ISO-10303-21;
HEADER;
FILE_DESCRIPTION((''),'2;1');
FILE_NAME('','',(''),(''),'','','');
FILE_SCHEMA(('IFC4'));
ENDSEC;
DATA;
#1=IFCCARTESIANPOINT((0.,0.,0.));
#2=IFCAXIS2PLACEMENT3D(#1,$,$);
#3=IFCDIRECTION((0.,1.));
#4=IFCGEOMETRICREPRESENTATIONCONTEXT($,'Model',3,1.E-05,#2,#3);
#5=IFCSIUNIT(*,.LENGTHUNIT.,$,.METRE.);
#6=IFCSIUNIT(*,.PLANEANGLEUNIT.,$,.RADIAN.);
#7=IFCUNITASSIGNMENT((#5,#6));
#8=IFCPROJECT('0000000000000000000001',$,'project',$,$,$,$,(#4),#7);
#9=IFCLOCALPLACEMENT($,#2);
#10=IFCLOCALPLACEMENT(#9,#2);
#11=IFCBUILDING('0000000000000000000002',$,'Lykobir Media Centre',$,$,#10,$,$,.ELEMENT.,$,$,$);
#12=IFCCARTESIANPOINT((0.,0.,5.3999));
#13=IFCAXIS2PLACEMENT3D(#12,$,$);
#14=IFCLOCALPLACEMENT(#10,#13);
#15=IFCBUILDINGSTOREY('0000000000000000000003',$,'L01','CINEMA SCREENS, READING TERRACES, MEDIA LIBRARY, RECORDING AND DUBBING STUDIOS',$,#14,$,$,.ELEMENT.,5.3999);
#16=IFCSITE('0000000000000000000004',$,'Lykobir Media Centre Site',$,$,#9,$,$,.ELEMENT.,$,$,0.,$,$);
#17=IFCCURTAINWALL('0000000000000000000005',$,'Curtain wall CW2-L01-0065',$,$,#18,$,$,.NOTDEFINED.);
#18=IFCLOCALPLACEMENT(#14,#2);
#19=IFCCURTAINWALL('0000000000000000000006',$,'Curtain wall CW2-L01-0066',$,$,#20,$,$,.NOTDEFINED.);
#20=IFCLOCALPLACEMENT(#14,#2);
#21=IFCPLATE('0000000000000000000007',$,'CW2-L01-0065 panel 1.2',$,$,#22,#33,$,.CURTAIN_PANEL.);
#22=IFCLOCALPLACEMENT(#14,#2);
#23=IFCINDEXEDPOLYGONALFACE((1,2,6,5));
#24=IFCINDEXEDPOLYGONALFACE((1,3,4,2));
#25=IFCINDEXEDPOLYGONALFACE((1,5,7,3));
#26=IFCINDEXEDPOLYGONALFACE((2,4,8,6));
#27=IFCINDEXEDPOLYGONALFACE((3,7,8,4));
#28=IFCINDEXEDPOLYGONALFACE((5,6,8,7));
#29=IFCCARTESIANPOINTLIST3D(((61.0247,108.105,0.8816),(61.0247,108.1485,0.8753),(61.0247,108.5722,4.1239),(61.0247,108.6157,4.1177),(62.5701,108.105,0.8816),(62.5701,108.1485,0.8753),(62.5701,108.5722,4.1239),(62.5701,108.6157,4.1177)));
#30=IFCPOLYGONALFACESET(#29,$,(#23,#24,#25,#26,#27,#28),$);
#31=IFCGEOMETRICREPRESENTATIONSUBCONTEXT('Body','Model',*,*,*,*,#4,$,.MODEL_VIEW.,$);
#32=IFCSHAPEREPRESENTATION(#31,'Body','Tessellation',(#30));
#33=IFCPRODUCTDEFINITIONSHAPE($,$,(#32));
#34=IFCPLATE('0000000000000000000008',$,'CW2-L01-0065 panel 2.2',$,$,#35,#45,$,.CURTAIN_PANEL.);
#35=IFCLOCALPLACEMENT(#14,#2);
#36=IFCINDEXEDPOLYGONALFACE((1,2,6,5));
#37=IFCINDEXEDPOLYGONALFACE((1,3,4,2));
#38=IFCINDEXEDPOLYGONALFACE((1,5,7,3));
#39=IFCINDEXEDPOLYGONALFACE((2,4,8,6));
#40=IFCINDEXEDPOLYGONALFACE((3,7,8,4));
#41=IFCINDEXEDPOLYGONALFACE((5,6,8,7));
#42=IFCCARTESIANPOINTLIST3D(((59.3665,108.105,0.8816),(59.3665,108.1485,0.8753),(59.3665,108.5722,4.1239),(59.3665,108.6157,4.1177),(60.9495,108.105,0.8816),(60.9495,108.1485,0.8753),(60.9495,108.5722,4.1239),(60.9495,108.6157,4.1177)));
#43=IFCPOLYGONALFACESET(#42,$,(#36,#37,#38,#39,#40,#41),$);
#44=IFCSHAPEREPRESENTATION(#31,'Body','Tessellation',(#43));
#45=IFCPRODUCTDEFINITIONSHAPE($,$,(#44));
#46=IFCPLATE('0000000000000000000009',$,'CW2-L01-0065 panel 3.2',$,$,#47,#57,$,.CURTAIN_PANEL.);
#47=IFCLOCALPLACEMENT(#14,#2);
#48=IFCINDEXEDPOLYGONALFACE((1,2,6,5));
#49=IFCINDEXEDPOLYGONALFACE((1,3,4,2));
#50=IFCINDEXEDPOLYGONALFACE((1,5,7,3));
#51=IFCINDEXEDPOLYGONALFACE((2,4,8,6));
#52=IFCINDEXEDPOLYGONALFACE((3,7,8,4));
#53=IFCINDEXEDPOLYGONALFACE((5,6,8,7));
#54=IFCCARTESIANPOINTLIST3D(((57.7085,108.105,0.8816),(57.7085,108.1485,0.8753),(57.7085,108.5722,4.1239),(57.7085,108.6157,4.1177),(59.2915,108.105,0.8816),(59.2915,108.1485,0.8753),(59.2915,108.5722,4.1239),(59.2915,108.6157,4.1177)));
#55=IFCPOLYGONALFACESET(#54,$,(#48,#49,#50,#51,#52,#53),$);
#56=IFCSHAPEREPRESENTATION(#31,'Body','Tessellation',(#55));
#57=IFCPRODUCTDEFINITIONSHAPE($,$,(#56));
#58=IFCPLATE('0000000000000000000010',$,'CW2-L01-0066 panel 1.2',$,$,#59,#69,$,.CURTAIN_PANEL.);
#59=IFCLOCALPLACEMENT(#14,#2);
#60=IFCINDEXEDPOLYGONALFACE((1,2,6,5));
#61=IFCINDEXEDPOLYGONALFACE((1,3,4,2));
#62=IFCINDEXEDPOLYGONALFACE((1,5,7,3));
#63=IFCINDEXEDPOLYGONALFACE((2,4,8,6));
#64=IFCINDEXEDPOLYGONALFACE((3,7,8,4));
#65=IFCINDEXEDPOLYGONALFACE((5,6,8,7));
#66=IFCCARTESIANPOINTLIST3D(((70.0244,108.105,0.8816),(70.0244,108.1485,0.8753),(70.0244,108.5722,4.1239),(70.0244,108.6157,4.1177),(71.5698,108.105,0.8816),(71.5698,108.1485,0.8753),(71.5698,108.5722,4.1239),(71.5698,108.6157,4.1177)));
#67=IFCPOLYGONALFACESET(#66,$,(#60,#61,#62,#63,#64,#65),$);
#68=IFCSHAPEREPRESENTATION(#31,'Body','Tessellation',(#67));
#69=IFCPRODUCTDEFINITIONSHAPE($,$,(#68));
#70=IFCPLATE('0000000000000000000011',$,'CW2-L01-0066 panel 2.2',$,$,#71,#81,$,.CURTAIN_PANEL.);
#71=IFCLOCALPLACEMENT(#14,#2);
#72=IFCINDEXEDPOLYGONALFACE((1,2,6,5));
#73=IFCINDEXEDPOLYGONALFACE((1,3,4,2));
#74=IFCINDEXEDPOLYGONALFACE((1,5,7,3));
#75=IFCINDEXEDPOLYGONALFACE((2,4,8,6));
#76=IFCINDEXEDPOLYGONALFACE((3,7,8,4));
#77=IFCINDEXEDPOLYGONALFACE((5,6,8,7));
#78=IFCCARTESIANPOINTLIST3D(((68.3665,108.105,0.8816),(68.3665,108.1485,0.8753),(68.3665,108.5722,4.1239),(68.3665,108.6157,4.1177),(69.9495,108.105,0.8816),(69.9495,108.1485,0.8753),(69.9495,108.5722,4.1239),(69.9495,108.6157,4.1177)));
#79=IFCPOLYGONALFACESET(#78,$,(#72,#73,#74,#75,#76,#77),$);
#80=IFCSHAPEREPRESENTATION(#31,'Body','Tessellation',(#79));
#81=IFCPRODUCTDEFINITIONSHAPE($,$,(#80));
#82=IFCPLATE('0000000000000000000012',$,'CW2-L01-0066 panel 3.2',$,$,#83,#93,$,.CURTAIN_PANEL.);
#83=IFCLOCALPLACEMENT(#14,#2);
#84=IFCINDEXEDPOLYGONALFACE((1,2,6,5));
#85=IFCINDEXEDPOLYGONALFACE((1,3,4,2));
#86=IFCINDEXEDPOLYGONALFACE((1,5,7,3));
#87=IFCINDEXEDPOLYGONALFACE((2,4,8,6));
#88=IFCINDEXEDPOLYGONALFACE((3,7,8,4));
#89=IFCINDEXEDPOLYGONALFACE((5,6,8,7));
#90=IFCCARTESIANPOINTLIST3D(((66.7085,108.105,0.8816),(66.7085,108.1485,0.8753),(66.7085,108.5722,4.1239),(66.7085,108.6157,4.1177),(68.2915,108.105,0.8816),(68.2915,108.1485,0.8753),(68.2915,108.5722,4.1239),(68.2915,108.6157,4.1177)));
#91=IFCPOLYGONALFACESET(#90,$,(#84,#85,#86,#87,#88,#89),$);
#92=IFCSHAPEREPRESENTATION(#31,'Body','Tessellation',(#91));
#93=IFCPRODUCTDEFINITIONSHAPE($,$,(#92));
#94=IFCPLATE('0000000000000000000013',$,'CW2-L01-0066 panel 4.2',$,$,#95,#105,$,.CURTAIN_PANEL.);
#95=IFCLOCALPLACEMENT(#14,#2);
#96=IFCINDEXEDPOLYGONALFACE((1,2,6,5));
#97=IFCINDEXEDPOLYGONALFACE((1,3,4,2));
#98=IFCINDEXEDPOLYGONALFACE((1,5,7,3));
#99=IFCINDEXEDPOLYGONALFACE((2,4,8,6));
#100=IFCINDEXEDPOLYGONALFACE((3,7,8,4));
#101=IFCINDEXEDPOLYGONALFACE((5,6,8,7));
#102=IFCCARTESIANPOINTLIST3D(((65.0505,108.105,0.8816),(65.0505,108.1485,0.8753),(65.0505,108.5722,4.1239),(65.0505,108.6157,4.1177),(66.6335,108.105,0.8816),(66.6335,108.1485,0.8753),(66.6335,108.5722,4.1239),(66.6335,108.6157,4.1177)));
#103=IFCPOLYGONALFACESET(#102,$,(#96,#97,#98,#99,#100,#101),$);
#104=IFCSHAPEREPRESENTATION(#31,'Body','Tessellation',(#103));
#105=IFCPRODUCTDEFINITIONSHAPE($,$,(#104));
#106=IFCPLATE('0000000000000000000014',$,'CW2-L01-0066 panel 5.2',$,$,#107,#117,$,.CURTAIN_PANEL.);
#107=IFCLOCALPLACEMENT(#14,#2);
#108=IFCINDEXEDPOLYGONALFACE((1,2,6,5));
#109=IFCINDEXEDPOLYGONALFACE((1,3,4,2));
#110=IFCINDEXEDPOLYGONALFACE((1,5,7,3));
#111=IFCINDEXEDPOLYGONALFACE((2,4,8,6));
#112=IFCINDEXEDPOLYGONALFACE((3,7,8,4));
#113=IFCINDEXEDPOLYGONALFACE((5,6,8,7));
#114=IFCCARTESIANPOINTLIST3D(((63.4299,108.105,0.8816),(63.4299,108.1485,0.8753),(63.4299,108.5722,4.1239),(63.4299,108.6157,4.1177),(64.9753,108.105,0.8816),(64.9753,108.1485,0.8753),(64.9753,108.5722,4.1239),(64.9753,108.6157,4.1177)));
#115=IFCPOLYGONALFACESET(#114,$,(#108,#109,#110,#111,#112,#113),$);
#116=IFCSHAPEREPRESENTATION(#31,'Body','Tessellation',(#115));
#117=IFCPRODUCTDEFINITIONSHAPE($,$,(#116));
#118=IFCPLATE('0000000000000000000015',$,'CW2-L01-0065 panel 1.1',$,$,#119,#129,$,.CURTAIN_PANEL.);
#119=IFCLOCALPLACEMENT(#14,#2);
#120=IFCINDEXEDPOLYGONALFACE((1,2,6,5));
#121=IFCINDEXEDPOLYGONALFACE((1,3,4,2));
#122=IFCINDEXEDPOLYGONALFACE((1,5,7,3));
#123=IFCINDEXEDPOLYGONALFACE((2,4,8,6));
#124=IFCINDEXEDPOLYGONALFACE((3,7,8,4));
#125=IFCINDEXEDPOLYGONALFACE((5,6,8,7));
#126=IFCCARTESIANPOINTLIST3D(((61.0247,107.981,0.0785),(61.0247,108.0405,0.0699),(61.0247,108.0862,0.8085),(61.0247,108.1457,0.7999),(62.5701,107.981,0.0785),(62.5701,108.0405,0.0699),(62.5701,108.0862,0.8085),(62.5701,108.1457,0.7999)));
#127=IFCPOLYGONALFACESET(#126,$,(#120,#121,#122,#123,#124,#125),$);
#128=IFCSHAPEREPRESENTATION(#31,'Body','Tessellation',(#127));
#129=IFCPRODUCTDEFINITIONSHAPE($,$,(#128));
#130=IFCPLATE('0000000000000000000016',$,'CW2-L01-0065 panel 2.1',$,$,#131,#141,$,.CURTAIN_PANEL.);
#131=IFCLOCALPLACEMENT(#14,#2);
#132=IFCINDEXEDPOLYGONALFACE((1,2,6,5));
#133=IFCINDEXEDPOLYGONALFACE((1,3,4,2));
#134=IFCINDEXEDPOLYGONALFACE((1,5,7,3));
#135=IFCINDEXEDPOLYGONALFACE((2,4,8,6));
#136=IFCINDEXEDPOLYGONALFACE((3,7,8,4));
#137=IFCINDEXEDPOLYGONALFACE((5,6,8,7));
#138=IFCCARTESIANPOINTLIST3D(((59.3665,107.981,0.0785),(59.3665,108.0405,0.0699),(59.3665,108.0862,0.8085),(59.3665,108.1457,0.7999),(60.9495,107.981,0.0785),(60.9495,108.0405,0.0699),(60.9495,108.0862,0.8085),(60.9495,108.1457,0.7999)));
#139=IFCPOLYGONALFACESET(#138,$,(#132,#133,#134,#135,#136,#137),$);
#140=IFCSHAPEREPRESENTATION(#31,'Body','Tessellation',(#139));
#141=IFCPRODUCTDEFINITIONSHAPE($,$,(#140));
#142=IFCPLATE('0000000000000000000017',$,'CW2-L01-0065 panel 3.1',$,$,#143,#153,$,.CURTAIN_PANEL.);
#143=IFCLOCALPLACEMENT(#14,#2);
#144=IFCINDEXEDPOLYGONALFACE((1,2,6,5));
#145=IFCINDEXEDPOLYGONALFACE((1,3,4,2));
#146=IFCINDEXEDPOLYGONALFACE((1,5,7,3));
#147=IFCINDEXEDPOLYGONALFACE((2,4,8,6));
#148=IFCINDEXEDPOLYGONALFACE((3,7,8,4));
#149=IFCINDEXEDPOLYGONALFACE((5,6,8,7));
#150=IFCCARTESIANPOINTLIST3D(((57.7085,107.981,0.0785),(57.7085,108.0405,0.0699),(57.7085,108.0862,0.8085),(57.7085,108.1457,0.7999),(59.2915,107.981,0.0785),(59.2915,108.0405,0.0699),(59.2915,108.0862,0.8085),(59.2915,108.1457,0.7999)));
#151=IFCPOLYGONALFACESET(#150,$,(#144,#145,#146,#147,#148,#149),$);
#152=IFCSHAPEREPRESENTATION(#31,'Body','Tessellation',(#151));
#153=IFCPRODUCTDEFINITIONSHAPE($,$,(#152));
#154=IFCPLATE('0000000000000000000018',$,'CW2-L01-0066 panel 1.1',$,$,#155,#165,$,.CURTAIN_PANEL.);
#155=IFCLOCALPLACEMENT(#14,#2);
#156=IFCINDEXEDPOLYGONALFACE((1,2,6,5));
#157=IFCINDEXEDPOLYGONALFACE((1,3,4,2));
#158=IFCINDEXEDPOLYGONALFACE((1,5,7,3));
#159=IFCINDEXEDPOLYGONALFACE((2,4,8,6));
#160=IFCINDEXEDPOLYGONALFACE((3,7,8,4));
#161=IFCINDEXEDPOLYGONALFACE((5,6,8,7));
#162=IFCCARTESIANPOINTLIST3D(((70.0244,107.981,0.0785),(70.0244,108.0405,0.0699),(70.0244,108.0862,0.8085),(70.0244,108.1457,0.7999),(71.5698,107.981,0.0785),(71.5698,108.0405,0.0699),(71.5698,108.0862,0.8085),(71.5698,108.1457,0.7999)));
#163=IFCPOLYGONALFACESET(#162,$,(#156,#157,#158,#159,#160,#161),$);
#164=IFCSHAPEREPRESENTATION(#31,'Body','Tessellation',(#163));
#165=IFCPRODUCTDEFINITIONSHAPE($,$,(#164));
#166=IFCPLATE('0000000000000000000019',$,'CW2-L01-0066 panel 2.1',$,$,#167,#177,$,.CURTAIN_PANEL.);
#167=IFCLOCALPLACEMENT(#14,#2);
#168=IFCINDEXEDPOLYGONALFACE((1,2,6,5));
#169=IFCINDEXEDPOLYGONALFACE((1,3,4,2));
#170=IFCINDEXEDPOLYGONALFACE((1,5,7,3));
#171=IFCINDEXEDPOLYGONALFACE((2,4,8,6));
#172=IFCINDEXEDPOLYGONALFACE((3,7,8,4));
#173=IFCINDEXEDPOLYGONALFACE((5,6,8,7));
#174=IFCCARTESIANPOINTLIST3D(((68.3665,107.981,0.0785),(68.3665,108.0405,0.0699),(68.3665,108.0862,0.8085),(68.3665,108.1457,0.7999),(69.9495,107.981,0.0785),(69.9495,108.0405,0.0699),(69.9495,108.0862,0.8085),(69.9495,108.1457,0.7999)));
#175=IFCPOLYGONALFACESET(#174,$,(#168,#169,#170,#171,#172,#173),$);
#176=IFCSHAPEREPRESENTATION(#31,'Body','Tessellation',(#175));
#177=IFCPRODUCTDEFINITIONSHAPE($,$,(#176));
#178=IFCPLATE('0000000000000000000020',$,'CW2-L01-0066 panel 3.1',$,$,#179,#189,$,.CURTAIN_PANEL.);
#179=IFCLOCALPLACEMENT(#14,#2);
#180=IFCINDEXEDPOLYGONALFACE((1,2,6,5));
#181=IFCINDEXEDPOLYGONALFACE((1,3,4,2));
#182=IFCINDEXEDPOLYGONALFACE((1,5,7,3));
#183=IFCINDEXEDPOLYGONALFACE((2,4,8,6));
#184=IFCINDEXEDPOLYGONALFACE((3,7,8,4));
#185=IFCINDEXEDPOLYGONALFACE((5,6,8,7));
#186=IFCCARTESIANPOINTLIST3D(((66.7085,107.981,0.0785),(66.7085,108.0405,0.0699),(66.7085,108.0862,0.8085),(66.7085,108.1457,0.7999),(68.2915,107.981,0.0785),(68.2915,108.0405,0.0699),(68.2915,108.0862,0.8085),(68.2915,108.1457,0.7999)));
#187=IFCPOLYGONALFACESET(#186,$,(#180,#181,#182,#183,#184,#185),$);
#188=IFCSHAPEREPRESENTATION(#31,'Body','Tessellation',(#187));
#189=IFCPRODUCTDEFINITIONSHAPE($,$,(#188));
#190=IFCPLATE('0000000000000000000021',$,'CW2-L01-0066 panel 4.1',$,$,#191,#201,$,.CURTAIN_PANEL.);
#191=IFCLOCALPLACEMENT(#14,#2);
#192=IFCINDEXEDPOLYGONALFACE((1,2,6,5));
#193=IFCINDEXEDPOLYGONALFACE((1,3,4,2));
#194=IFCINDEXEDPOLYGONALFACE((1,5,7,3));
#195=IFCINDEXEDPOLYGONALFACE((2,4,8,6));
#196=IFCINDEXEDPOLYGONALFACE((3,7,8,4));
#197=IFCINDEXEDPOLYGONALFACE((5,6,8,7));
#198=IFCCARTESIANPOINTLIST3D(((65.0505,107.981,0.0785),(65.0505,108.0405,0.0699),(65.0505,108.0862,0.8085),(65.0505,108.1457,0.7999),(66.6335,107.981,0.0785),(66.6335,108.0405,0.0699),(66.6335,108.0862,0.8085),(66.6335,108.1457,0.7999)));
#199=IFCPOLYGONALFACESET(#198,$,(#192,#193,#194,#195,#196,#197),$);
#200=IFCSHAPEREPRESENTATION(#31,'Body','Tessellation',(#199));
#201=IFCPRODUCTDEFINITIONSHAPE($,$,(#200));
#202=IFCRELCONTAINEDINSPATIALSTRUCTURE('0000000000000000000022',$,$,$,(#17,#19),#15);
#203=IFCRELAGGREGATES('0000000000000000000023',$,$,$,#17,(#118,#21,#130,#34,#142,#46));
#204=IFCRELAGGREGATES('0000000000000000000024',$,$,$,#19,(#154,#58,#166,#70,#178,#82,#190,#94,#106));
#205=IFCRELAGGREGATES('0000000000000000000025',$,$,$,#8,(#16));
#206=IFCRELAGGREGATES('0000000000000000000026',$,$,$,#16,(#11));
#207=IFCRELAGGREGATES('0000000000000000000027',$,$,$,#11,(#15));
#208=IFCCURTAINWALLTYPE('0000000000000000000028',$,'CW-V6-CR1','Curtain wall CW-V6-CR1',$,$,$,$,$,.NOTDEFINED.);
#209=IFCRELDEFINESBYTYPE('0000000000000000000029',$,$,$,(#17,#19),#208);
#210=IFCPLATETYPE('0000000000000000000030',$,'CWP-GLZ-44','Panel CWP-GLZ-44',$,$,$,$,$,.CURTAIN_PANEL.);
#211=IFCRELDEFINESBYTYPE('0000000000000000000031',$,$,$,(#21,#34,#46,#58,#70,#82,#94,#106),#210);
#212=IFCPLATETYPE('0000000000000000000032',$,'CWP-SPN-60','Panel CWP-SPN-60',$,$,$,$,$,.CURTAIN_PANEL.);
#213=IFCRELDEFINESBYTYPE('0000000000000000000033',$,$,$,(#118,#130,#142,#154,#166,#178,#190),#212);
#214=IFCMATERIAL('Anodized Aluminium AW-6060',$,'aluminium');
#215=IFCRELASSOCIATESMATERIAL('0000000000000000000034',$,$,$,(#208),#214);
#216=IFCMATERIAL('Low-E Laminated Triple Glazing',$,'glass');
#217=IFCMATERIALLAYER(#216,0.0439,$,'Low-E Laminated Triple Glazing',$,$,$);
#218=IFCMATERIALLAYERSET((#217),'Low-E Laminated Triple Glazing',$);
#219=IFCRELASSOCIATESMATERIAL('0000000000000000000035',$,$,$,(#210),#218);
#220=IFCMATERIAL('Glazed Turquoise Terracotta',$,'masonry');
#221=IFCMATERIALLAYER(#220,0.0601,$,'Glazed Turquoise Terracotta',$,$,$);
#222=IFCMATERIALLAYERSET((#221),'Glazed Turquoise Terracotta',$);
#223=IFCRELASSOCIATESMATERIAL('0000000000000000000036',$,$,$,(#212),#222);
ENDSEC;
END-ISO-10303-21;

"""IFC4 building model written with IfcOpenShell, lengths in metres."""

from ifc_helpers import new_model, si_unit, direction, frame, origin, origin_2d, place, context, subcontext, project, spatial, rectangle, extrude, material, layer, layer_set, type_object, element, aggregate, save


model = new_model("IFC4")

# Units and contexts
model_context = context("Model", 3, precision=1e-05, world=origin(), true_north=direction((0.0, 1.0)))
body_context = subcontext(model_context, "Body", "Model", "MODEL_VIEW")
ifc_project = project(units=[si_unit("LENGTHUNIT", "METRE"), si_unit("PLANEANGLEUNIT", "RADIAN")], contexts=[model_context])

# Site, building, storey
site_placement = place(None, origin())
site = spatial("IfcSite", under=ifc_project, at=site_placement, Name="Lykobir Media Centre Site", CompositionType="ELEMENT", RefElevation=0.0)
building_placement = place(site_placement, origin())
building = spatial("IfcBuilding", under=site, at=building_placement, Name="Lykobir Media Centre", CompositionType="ELEMENT")
storey_placement = place(building_placement, frame((0.0, 0.0, 5.3999)))
storey = spatial("IfcBuildingStorey", under=building, at=storey_placement, Name="L01", Description="CINEMA SCREENS, READING TERRACES, MEDIA LIBRARY, RECORDING AND DUBBING STUDIOS", CompositionType="ELEMENT", Elevation=5.3999)

# Curtain walls
ifc_material_1 = material(Name="Anodized Aluminium AW-6060", Category="aluminium")
curtain_wall_type = type_object("IfcCurtainWallType", Name="CW-V6-CR1", Description="Curtain wall CW-V6-CR1", PredefinedType="NOTDEFINED", material=ifc_material_1)
curtain_wall_1_placement = place(storey_placement, origin())
curtain_wall_1 = element("IfcCurtainWall", 1, at=curtain_wall_1_placement, inside=storey, type_object=curtain_wall_type, Name="Curtain wall CW2-L01-0065", PredefinedType="NOTDEFINED")
curtain_wall_2_placement = place(storey_placement, origin())
curtain_wall_2 = element("IfcCurtainWall", 2, at=curtain_wall_2_placement, inside=storey, type_object=curtain_wall_type, Name="Curtain wall CW2-L01-0066", PredefinedType="NOTDEFINED")

# Plates
ifc_material_2 = material(Name="Low-E Laminated Triple Glazing", Category="glass")
ifc_layer_1 = layer(ifc_material_2, 0.0439, Name="Low-E Laminated Triple Glazing")
ifc_layer_set_1 = layer_set([ifc_layer_1], Name="Low-E Laminated Triple Glazing")
plate_type_1 = type_object("IfcPlateType", Name="CWP-GLZ-44", Description="Panel CWP-GLZ-44", PredefinedType="CURTAIN_PANEL", material=ifc_layer_set_1)
plate_1_placement = place(storey_placement, frame((61.7974, 108.1267, 0.8784), z_axis=(0.0, 0.142629, 0.989776), x_axis=(-1.0, 0.0, 0.0)))
plate_1 = element("IfcPlate", 3, at=plate_1_placement, type_object=plate_type_1, Name="CW2-L01-0065 panel 1.2", PredefinedType="CURTAIN_PANEL", context=body_context, shape_type="SweptSolid", body=[
    extrude(rectangle(XDim=1.5454, YDim=0.0439, at=origin_2d()), origin(), (0.0, 0.0, 1.0), 3.2759),
])
plate_2_placement = place(storey_placement, frame((60.158, 108.1267, 0.8784), z_axis=(0.0, 0.142629, 0.989776), x_axis=(-1.0, 0.0, 0.0)))
plate_2 = element("IfcPlate", 4, at=plate_2_placement, type_object=plate_type_1, Name="CW2-L01-0065 panel 2.2", PredefinedType="CURTAIN_PANEL", context=body_context, shape_type="SweptSolid", body=[
    extrude(rectangle(XDim=1.583, YDim=0.0439, at=origin_2d()), origin(), (0.0, 0.0, 1.0), 3.2759),
])
plate_3_placement = place(storey_placement, frame((58.5, 108.1267, 0.8784), z_axis=(0.0, 0.142629, 0.989776), x_axis=(-1.0, 0.0, 0.0)))
plate_3 = element("IfcPlate", 5, at=plate_3_placement, type_object=plate_type_1, Name="CW2-L01-0065 panel 3.2", PredefinedType="CURTAIN_PANEL", context=body_context, shape_type="SweptSolid", body=[
    extrude(rectangle(XDim=1.583, YDim=0.0439, at=origin_2d()), origin(), (0.0, 0.0, 1.0), 3.2759),
])
plate_4_placement = place(storey_placement, frame((70.7971, 108.1267, 0.8784), z_axis=(0.0, 0.142629, 0.989776), x_axis=(-1.0, 0.0, 0.0)))
plate_4 = element("IfcPlate", 6, at=plate_4_placement, type_object=plate_type_1, Name="CW2-L01-0066 panel 1.2", PredefinedType="CURTAIN_PANEL", context=body_context, shape_type="SweptSolid", body=[
    extrude(rectangle(XDim=1.5454, YDim=0.0439, at=origin_2d()), origin(), (0.0, 0.0, 1.0), 3.2759),
])
plate_5_placement = place(storey_placement, frame((69.158, 108.1267, 0.8784), z_axis=(0.0, 0.142629, 0.989776), x_axis=(-1.0, 0.0, 0.0)))
plate_5 = element("IfcPlate", 7, at=plate_5_placement, type_object=plate_type_1, Name="CW2-L01-0066 panel 2.2", PredefinedType="CURTAIN_PANEL", context=body_context, shape_type="SweptSolid", body=[
    extrude(rectangle(XDim=1.583, YDim=0.0439, at=origin_2d()), origin(), (0.0, 0.0, 1.0), 3.2759),
])
plate_6_placement = place(storey_placement, frame((67.5, 108.1267, 0.8784), z_axis=(0.0, 0.142629, 0.989776), x_axis=(-1.0, 0.0, 0.0)))
plate_6 = element("IfcPlate", 8, at=plate_6_placement, type_object=plate_type_1, Name="CW2-L01-0066 panel 3.2", PredefinedType="CURTAIN_PANEL", context=body_context, shape_type="SweptSolid", body=[
    extrude(rectangle(XDim=1.583, YDim=0.0439, at=origin_2d()), origin(), (0.0, 0.0, 1.0), 3.2759),
])
plate_7_placement = place(storey_placement, frame((65.842, 108.1267, 0.8784), z_axis=(0.0, 0.142629, 0.989776), x_axis=(-1.0, 0.0, 0.0)))
plate_7 = element("IfcPlate", 9, at=plate_7_placement, type_object=plate_type_1, Name="CW2-L01-0066 panel 4.2", PredefinedType="CURTAIN_PANEL", context=body_context, shape_type="SweptSolid", body=[
    extrude(rectangle(XDim=1.583, YDim=0.0439, at=origin_2d()), origin(), (0.0, 0.0, 1.0), 3.2759),
])
plate_8_placement = place(storey_placement, frame((64.2026, 108.1267, 0.8784), z_axis=(0.0, 0.142629, 0.989776), x_axis=(-1.0, 0.0, 0.0)))
plate_8 = element("IfcPlate", 10, at=plate_8_placement, type_object=plate_type_1, Name="CW2-L01-0066 panel 5.2", PredefinedType="CURTAIN_PANEL", context=body_context, shape_type="SweptSolid", body=[
    extrude(rectangle(XDim=1.5454, YDim=0.0439, at=origin_2d()), origin(), (0.0, 0.0, 1.0), 3.2759),
])
ifc_material_3 = material(Name="Glazed Turquoise Terracotta", Category="masonry")
ifc_layer_2 = layer(ifc_material_3, 0.0601, Name="Glazed Turquoise Terracotta")
ifc_layer_set_2 = layer_set([ifc_layer_2], Name="Glazed Turquoise Terracotta")
plate_type_2 = type_object("IfcPlateType", Name="CWP-SPN-60", Description="Panel CWP-SPN-60", PredefinedType="CURTAIN_PANEL", material=ifc_layer_set_2)
plate_9_placement = place(storey_placement, frame((61.7974, 108.0107, 0.0742), z_axis=(0.0, 0.142629, 0.989776), x_axis=(-1.0, 0.0, 0.0)))
plate_9 = element("IfcPlate", 11, at=plate_9_placement, type_object=plate_type_2, Name="CW2-L01-0065 panel 1.1", PredefinedType="CURTAIN_PANEL", context=body_context, shape_type="SweptSolid", body=[
    extrude(rectangle(XDim=1.5454, YDim=0.0601, at=origin_2d()), origin(), (0.0, 0.0, 1.0), 0.7375),
])
plate_10_placement = place(storey_placement, frame((60.158, 108.0107, 0.0742), z_axis=(0.0, 0.142629, 0.989776), x_axis=(-1.0, 0.0, 0.0)))
plate_10 = element("IfcPlate", 12, at=plate_10_placement, type_object=plate_type_2, Name="CW2-L01-0065 panel 2.1", PredefinedType="CURTAIN_PANEL", context=body_context, shape_type="SweptSolid", body=[
    extrude(rectangle(XDim=1.583, YDim=0.0601, at=origin_2d()), origin(), (0.0, 0.0, 1.0), 0.7375),
])
plate_11_placement = place(storey_placement, frame((58.5, 108.0107, 0.0742), z_axis=(0.0, 0.142629, 0.989776), x_axis=(-1.0, 0.0, 0.0)))
plate_11 = element("IfcPlate", 13, at=plate_11_placement, type_object=plate_type_2, Name="CW2-L01-0065 panel 3.1", PredefinedType="CURTAIN_PANEL", context=body_context, shape_type="SweptSolid", body=[
    extrude(rectangle(XDim=1.583, YDim=0.0601, at=origin_2d()), origin(), (0.0, 0.0, 1.0), 0.7375),
])
aggregate(curtain_wall_1, [plate_9, plate_1, plate_10, plate_2, plate_11, plate_3])
plate_12_placement = place(storey_placement, frame((70.7971, 108.0107, 0.0742), z_axis=(0.0, 0.142629, 0.989776), x_axis=(-1.0, 0.0, 0.0)))
plate_12 = element("IfcPlate", 14, at=plate_12_placement, type_object=plate_type_2, Name="CW2-L01-0066 panel 1.1", PredefinedType="CURTAIN_PANEL", context=body_context, shape_type="SweptSolid", body=[
    extrude(rectangle(XDim=1.5454, YDim=0.0601, at=origin_2d()), origin(), (0.0, 0.0, 1.0), 0.7375),
])
plate_13_placement = place(storey_placement, frame((69.158, 108.0107, 0.0742), z_axis=(0.0, 0.142629, 0.989776), x_axis=(-1.0, 0.0, 0.0)))
plate_13 = element("IfcPlate", 15, at=plate_13_placement, type_object=plate_type_2, Name="CW2-L01-0066 panel 2.1", PredefinedType="CURTAIN_PANEL", context=body_context, shape_type="SweptSolid", body=[
    extrude(rectangle(XDim=1.583, YDim=0.0601, at=origin_2d()), origin(), (0.0, 0.0, 1.0), 0.7375),
])
plate_14_placement = place(storey_placement, frame((67.5, 108.0107, 0.0742), z_axis=(0.0, 0.142629, 0.989776), x_axis=(-1.0, 0.0, 0.0)))
plate_14 = element("IfcPlate", 16, at=plate_14_placement, type_object=plate_type_2, Name="CW2-L01-0066 panel 3.1", PredefinedType="CURTAIN_PANEL", context=body_context, shape_type="SweptSolid", body=[
    extrude(rectangle(XDim=1.583, YDim=0.0601, at=origin_2d()), origin(), (0.0, 0.0, 1.0), 0.7375),
])
plate_15_placement = place(storey_placement, frame((65.842, 108.0107, 0.0742), z_axis=(0.0, 0.142629, 0.989776), x_axis=(-1.0, 0.0, 0.0)))
plate_15 = element("IfcPlate", 17, at=plate_15_placement, type_object=plate_type_2, Name="CW2-L01-0066 panel 4.1", PredefinedType="CURTAIN_PANEL", context=body_context, shape_type="SweptSolid", body=[
    extrude(rectangle(XDim=1.583, YDim=0.0601, at=origin_2d()), origin(), (0.0, 0.0, 1.0), 0.7375),
])
aggregate(curtain_wall_2, [plate_12, plate_4, plate_13, plate_5, plate_14, plate_6, plate_15, plate_7, plate_8])

save(model, "model.ifc")
